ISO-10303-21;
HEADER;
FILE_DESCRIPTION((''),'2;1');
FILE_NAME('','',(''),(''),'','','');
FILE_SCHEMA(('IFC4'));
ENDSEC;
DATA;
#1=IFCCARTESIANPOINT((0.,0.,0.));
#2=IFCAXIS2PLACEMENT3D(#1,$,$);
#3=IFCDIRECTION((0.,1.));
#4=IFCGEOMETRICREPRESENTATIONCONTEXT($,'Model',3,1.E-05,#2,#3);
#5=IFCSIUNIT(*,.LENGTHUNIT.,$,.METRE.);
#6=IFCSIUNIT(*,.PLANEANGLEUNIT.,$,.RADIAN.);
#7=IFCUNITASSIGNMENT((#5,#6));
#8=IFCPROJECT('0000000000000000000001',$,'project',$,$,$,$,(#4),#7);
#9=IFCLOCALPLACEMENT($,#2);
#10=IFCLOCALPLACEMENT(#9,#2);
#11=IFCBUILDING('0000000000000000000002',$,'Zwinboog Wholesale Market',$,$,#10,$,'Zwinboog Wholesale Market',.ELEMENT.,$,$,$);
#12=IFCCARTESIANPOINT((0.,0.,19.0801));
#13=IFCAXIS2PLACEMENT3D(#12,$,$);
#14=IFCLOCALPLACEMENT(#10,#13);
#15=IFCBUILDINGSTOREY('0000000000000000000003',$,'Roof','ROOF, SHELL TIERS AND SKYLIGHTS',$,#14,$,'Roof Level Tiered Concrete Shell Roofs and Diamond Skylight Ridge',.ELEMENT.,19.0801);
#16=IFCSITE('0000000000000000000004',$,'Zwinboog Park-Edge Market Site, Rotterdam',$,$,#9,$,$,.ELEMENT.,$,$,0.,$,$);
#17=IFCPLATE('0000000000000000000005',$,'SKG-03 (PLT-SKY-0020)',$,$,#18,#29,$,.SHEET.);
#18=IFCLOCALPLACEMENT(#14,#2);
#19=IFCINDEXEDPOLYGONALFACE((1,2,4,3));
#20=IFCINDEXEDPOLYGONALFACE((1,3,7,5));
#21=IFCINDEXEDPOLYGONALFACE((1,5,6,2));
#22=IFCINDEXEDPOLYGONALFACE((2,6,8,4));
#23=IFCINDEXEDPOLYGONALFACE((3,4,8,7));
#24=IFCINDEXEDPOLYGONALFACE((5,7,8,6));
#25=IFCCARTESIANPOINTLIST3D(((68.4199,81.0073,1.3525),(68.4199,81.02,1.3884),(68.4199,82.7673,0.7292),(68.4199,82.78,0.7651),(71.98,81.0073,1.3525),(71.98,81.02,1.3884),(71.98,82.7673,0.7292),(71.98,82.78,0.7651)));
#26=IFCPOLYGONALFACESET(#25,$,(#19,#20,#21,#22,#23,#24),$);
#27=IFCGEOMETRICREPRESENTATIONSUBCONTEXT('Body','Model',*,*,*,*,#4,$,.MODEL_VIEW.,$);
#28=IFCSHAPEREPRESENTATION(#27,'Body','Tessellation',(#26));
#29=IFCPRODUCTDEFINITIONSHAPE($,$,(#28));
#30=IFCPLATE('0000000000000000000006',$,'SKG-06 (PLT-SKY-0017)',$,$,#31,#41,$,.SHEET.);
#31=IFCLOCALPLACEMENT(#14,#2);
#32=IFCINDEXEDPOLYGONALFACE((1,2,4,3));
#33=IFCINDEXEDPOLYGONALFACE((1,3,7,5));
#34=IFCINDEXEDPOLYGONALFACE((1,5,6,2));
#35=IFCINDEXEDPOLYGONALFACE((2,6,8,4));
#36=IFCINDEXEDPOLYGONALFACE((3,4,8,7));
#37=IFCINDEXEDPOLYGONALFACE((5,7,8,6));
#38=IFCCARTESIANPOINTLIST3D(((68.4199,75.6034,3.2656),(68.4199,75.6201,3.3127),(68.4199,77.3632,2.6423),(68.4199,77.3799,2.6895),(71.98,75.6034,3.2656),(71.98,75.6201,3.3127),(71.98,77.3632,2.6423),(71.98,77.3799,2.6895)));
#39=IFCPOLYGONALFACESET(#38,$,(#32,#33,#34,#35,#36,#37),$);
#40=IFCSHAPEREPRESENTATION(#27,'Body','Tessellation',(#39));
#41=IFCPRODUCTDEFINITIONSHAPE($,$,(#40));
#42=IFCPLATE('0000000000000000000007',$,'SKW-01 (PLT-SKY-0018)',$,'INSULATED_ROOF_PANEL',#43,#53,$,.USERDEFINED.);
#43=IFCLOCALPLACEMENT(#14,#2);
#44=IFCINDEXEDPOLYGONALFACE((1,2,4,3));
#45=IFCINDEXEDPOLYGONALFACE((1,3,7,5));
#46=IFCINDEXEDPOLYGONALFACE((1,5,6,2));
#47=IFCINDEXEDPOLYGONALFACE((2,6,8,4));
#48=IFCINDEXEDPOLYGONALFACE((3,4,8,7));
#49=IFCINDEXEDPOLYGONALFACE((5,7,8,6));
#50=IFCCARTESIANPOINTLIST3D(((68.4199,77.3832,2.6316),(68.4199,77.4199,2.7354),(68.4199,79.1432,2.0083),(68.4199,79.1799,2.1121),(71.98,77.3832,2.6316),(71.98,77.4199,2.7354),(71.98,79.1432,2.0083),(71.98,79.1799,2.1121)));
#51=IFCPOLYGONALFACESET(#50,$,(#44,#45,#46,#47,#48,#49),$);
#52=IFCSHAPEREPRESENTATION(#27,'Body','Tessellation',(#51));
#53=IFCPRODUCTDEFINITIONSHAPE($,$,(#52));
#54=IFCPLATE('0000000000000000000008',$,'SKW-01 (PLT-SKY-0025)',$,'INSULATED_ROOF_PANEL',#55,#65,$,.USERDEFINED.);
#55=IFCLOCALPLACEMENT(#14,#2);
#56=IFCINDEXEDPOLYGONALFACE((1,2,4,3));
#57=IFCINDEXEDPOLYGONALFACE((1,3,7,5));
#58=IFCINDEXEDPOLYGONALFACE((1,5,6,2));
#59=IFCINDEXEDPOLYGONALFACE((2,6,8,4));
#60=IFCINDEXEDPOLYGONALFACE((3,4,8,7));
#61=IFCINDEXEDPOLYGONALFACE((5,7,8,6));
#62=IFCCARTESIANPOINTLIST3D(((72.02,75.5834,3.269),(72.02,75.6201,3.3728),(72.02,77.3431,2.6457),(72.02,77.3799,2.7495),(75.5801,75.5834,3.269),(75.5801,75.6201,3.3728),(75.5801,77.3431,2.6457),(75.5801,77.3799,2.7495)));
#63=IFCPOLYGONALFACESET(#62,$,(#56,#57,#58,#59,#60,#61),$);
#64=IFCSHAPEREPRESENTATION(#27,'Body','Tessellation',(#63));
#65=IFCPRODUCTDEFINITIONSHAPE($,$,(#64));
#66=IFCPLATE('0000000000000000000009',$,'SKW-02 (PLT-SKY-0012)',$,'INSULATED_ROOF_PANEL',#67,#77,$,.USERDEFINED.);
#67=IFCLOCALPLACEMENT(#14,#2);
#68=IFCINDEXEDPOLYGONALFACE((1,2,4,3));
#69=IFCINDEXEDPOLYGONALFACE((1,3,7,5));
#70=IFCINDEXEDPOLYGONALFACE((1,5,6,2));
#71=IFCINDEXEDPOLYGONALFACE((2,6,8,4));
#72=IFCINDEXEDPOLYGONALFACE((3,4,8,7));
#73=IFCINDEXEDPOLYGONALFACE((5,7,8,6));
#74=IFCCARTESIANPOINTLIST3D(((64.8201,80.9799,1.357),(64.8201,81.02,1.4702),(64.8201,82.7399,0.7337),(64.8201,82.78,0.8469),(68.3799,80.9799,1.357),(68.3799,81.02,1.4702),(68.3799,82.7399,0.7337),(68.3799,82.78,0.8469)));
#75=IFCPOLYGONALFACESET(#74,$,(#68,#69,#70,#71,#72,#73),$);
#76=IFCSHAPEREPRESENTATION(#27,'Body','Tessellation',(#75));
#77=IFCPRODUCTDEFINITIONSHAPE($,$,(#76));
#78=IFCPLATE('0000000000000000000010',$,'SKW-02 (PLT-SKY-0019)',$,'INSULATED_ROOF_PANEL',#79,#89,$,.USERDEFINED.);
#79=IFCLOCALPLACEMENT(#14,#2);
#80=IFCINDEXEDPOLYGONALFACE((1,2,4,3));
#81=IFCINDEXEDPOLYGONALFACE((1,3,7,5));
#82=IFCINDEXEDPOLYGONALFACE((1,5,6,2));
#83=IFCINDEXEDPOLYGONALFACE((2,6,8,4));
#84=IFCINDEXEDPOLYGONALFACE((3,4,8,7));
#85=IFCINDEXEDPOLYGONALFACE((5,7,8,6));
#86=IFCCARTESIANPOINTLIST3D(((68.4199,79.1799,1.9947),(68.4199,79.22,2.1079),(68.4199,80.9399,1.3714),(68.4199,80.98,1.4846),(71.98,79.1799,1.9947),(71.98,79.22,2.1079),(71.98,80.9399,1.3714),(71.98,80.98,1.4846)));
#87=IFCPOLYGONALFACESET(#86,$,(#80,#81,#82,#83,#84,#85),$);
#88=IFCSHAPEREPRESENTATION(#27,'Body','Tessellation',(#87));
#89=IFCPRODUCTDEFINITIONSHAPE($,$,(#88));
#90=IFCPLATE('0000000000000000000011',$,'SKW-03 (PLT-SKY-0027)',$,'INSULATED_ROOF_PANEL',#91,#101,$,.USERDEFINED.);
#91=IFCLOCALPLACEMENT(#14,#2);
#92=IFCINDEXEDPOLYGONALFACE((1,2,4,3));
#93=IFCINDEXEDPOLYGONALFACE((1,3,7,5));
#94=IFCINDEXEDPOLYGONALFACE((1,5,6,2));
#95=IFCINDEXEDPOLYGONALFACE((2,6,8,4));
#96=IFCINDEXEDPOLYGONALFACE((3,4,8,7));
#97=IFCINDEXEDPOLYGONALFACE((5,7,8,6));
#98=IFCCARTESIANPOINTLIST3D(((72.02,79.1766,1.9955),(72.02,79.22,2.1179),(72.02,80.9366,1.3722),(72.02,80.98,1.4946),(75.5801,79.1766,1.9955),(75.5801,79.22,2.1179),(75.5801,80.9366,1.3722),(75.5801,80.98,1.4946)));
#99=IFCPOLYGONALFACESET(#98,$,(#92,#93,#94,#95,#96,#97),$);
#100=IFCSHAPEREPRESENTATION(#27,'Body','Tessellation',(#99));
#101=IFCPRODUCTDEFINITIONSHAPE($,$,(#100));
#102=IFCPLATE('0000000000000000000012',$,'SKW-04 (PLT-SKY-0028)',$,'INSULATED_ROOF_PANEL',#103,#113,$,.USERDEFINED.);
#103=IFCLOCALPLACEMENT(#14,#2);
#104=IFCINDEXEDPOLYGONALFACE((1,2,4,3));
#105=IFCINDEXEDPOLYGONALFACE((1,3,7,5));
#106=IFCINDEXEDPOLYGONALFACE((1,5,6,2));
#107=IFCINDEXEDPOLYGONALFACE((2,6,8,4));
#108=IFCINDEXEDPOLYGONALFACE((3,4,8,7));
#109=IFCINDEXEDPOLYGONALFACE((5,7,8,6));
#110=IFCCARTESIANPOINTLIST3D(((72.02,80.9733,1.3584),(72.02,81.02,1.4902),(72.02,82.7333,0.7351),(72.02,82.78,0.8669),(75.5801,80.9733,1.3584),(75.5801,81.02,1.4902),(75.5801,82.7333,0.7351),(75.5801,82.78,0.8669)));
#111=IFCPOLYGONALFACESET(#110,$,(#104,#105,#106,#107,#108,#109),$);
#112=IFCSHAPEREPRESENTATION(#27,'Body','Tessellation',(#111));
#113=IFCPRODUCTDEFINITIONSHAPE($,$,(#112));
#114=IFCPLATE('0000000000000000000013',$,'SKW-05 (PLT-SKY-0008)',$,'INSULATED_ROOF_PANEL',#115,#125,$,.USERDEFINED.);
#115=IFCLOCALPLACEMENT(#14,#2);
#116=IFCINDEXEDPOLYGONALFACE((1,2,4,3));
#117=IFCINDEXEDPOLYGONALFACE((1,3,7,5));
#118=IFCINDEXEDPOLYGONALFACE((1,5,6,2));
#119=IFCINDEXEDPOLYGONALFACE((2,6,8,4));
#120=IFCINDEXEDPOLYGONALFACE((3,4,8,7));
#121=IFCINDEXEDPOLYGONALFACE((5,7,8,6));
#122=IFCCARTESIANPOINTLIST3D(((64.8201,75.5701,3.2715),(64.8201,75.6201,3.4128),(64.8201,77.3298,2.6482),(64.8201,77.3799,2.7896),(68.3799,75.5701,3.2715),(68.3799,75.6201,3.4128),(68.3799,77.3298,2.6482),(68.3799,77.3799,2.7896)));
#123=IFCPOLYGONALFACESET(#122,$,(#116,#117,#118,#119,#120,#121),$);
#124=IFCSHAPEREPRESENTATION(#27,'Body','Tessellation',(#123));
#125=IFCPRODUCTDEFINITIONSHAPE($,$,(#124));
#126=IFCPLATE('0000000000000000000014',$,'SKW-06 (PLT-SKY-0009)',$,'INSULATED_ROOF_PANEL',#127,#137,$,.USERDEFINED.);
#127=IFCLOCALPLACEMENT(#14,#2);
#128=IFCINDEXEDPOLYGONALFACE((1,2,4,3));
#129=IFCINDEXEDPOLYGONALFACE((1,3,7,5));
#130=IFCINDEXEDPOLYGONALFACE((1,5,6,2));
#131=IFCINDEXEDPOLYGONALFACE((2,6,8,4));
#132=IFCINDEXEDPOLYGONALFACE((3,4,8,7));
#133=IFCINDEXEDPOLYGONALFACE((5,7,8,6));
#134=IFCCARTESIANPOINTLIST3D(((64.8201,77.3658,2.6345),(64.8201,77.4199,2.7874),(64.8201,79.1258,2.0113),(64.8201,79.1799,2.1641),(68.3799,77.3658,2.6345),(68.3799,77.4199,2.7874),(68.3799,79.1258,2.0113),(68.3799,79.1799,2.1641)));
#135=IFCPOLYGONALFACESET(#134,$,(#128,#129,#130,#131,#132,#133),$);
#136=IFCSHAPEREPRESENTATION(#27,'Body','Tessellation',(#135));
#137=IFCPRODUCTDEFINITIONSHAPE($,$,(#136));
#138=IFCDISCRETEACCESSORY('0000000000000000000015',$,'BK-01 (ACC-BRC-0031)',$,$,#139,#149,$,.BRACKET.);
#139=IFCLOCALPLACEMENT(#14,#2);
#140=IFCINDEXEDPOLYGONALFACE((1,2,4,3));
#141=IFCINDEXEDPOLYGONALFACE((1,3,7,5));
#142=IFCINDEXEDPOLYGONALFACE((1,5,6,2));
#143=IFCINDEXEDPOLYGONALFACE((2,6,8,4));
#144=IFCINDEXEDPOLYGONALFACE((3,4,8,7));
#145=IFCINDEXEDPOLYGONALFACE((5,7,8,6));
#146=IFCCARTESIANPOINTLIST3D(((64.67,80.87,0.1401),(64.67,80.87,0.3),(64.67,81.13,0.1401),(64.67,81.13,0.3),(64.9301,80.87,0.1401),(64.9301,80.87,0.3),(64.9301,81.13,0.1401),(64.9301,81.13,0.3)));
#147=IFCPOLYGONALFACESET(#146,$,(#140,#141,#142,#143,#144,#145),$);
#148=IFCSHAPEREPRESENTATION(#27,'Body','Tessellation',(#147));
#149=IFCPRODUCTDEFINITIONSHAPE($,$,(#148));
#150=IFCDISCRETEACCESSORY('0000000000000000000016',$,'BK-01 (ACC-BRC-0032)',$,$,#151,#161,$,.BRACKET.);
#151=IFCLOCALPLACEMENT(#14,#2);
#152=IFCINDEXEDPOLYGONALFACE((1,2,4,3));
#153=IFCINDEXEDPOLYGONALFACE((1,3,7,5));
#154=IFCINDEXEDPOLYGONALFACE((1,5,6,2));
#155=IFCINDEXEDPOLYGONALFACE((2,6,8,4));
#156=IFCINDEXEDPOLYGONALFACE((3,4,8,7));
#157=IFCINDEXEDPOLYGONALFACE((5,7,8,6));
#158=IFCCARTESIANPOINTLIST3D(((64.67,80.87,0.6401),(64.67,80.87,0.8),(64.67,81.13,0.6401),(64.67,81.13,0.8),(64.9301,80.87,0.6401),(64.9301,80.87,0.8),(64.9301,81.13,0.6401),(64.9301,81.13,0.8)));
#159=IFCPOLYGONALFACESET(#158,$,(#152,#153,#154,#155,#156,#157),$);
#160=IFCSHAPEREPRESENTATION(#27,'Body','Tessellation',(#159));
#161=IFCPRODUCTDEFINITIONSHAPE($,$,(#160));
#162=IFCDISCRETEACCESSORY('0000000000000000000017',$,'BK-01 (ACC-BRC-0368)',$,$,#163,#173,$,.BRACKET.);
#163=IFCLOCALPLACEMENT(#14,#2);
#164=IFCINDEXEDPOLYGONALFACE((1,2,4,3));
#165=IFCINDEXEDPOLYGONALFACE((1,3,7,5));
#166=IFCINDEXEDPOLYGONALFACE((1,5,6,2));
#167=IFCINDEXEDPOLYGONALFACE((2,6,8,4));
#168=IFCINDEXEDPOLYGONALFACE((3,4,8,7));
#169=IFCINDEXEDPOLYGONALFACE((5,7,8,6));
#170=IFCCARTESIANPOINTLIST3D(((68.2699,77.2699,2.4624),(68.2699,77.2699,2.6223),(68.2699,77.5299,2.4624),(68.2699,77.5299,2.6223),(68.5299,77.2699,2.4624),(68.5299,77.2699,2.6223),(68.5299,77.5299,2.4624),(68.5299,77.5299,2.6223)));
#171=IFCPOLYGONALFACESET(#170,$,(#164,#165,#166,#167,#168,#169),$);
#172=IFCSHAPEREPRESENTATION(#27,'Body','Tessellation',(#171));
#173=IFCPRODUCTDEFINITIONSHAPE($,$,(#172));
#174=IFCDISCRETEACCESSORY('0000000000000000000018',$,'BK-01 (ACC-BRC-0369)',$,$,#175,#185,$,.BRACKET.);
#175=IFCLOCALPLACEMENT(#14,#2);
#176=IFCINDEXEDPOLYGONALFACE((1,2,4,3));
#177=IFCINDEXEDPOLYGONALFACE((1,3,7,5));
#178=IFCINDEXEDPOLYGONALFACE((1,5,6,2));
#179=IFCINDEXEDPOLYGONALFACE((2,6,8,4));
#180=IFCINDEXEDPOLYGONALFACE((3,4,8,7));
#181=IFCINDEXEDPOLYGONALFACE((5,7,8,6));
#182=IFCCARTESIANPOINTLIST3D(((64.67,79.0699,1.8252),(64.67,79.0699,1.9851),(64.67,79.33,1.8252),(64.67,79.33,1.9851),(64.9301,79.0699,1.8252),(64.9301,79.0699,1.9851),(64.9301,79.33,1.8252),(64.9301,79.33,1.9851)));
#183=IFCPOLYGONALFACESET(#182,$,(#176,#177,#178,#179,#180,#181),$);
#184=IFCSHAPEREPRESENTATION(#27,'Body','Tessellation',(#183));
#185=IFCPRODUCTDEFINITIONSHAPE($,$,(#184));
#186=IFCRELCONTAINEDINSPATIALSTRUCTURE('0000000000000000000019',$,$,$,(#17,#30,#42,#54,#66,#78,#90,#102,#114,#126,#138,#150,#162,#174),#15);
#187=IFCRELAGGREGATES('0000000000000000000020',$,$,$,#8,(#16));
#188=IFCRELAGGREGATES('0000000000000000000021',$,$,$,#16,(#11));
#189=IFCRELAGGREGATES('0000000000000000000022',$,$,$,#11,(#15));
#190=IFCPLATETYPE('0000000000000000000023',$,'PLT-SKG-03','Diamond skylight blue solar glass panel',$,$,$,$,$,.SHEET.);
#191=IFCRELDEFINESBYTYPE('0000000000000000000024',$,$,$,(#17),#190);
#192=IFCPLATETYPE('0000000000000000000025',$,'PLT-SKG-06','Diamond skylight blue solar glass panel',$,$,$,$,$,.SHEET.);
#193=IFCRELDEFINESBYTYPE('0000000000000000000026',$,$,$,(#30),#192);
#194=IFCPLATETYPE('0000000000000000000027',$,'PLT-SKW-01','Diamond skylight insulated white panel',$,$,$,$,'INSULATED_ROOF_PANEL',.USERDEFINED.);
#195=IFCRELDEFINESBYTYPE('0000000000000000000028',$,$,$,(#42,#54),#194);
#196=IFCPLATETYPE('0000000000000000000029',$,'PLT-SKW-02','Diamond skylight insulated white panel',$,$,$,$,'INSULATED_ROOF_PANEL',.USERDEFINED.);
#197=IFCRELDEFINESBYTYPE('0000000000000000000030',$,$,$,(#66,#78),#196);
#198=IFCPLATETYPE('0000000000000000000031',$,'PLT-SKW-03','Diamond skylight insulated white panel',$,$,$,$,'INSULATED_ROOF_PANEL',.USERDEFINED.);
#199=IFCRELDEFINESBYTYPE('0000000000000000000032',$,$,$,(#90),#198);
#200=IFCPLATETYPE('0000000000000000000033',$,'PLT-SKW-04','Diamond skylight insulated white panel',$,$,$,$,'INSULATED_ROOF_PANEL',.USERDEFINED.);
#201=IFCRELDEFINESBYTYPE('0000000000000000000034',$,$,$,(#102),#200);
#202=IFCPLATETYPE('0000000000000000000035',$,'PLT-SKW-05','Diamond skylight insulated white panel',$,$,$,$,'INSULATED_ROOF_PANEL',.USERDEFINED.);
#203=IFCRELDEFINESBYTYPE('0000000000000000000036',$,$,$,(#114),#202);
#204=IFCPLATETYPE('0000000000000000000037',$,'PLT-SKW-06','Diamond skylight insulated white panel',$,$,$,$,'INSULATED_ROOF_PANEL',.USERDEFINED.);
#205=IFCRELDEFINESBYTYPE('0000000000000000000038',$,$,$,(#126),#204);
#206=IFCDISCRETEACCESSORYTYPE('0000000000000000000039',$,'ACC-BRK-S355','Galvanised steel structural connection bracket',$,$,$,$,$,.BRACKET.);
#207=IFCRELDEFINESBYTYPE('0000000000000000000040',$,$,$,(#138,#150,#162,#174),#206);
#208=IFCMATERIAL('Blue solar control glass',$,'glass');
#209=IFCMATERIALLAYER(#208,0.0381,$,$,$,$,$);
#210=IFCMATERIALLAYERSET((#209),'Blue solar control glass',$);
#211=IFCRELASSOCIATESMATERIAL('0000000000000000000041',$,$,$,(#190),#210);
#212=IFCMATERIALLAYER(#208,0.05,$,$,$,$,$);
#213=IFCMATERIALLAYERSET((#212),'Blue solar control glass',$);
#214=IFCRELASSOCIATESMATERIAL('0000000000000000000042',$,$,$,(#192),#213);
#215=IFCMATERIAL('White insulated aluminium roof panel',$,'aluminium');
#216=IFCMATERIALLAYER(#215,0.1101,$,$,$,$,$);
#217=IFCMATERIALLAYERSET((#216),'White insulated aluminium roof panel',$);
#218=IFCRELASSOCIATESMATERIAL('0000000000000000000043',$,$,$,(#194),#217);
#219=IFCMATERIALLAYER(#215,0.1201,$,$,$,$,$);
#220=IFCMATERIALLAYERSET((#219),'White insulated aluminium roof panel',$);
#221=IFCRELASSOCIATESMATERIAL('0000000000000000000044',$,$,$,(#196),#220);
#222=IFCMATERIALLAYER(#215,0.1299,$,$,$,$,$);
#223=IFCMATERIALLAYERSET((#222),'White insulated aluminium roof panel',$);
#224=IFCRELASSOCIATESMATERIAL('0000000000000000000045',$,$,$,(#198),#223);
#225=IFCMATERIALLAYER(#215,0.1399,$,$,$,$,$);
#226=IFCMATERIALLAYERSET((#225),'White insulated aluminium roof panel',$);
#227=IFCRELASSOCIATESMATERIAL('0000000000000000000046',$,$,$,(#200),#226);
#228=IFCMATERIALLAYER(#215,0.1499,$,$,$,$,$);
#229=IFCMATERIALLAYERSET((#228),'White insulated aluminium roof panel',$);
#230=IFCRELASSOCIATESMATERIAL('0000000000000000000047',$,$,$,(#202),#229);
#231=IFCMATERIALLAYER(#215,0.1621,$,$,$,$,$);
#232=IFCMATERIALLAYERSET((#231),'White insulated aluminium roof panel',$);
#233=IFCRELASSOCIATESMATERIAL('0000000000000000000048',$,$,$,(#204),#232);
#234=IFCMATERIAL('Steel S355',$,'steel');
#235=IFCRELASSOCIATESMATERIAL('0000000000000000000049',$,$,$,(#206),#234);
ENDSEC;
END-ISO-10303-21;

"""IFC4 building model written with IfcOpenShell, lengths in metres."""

from ifc_helpers import new_model, si_unit, direction, frame, origin, origin_2d, place, context, subcontext, project, spatial, polyline, rectangle, outline, extrude, material, layer, layer_set, type_object, element, save


model = new_model("IFC4")

# Units and contexts
model_context = context("Model", 3, precision=1e-05, world=origin(), true_north=direction((0.0, 1.0)))
body_context = subcontext(model_context, "Body", "Model", "MODEL_VIEW")
ifc_project = project(units=[si_unit("LENGTHUNIT", "METRE"), si_unit("PLANEANGLEUNIT", "RADIAN")], contexts=[model_context])

# Site, building, storey
site_placement = place(None, origin())
site = spatial("IfcSite", under=ifc_project, at=site_placement, Name="Zwinboog Park-Edge Market Site, Rotterdam", CompositionType="ELEMENT", RefElevation=0.0)
building_placement = place(site_placement, origin())
building = spatial("IfcBuilding", under=site, at=building_placement, Name="Zwinboog Wholesale Market", LongName="Zwinboog Wholesale Market", CompositionType="ELEMENT")
storey_placement = place(building_placement, frame((0.0, 0.0, 19.0801)))
storey = spatial("IfcBuildingStorey", under=building, at=storey_placement, Name="Roof", Description="ROOF, SHELL TIERS AND SKYLIGHTS", LongName="Roof Level Tiered Concrete Shell Roofs and Diamond Skylight Ridge", CompositionType="ELEMENT", Elevation=19.0801)

# Shared definitions
ifc_material_1 = material(Name="Steel S355", Category="steel")

# Plates
ifc_material_2 = material(Name="Blue solar control glass", Category="glass")
ifc_layer_1 = layer(ifc_material_2, 0.0381)
ifc_layer_set_1 = layer_set([ifc_layer_1], Name="Blue solar control glass")
plate_type_1 = type_object("IfcPlateType", Name="PLT-SKG-03", Description="Diamond skylight blue solar glass panel", PredefinedType="SHEET", material=ifc_layer_set_1)
plate_1_placement = place(storey_placement, frame((68.4199, 81.02, 1.3884), z_axis=(0.0, 0.333825, 0.942635), x_axis=(1.0, 0.0, 0.0)))
element("IfcPlate", 1, at=plate_1_placement, inside=storey, type_object=plate_type_1, Name="SKG-03 (PLT-SKY-0020)", PredefinedType="SHEET", context=body_context, shape_type="SweptSolid", body=[
    extrude(outline(polyline([(0.0, 0.0), (3.5601, 0.0), (3.5601, 1.8671), (0.0, 1.8671), (0.0, 0.0)])), origin(), (0.0, 0.0, -1.0), 0.0381),
])
ifc_layer_2 = layer(ifc_material_2, 0.05)
ifc_layer_set_2 = layer_set([ifc_layer_2], Name="Blue solar control glass")
plate_type_2 = type_object("IfcPlateType", Name="PLT-SKG-06", Description="Diamond skylight blue solar glass panel", PredefinedType="SHEET", material=ifc_layer_set_2)
plate_2_placement = place(storey_placement, frame((68.4199, 75.6201, 3.3127), z_axis=(0.0, 0.333867, 0.94262), x_axis=(1.0, 0.0, 0.0)))
element("IfcPlate", 2, at=plate_2_placement, inside=storey, type_object=plate_type_2, Name="SKG-06 (PLT-SKY-0017)", PredefinedType="SHEET", context=body_context, shape_type="SweptSolid", body=[
    extrude(outline(polyline([(0.0, 0.0), (3.5601, 0.0), (3.5601, 1.8669), (0.0, 1.8669), (0.0, 0.0)])), origin(), (0.0, 0.0, -1.0), 0.05),
])
ifc_material_3 = material(Name="White insulated aluminium roof panel", Category="aluminium")
ifc_layer_3 = layer(ifc_material_3, 0.1101)
ifc_layer_set_3 = layer_set([ifc_layer_3], Name="White insulated aluminium roof panel")
plate_type_3 = type_object("IfcPlateType", Name="PLT-SKW-01", Description="Diamond skylight insulated white panel", ElementType="INSULATED_ROOF_PANEL", PredefinedType="USERDEFINED", material=ifc_layer_set_3)
plate_3_placement = place(storey_placement, frame((68.4199, 77.4199, 2.7354), z_axis=(0.0, 0.333825, 0.942635), x_axis=(1.0, 0.0, 0.0)))
element("IfcPlate", 3, at=plate_3_placement, inside=storey, type_object=plate_type_3, Name="SKW-01 (PLT-SKY-0018)", ObjectType="INSULATED_ROOF_PANEL", PredefinedType="USERDEFINED", context=body_context, shape_type="SweptSolid", body=[
    extrude(outline(polyline([(0.0, 0.0), (3.5601, 0.0), (3.5601, 1.8671), (0.0, 1.8671), (0.0, 0.0)])), origin(), (0.0, 0.0, -1.0), 0.1101),
])
plate_4_placement = place(storey_placement, frame((72.02, 75.6201, 3.3728), z_axis=(0.0, 0.333867, 0.94262), x_axis=(1.0, 0.0, 0.0)))
element("IfcPlate", 4, at=plate_4_placement, inside=storey, type_object=plate_type_3, Name="SKW-01 (PLT-SKY-0025)", ObjectType="INSULATED_ROOF_PANEL", PredefinedType="USERDEFINED", context=body_context, shape_type="SweptSolid", body=[
    extrude(outline(polyline([(0.0, 0.0), (3.5601, 0.0), (3.5601, 1.8669), (0.0, 1.8669), (0.0, 0.0)])), origin(), (0.0, 0.0, -1.0), 0.1101),
])
ifc_layer_4 = layer(ifc_material_3, 0.1201)
ifc_layer_set_4 = layer_set([ifc_layer_4], Name="White insulated aluminium roof panel")
plate_type_4 = type_object("IfcPlateType", Name="PLT-SKW-02", Description="Diamond skylight insulated white panel", ElementType="INSULATED_ROOF_PANEL", PredefinedType="USERDEFINED", material=ifc_layer_set_4)
plate_5_placement = place(storey_placement, frame((64.8201, 81.02, 1.4702), z_axis=(0.0, 0.333825, 0.942635), x_axis=(1.0, 0.0, 0.0)))
element("IfcPlate", 5, at=plate_5_placement, inside=storey, type_object=plate_type_4, Name="SKW-02 (PLT-SKY-0012)", ObjectType="INSULATED_ROOF_PANEL", PredefinedType="USERDEFINED", context=body_context, shape_type="SweptSolid", body=[
    extrude(outline(polyline([(0.0, 0.0), (3.5598, 0.0), (3.5598, 1.8671), (0.0, 1.8671), (0.0, 0.0)])), origin(), (0.0, 0.0, -1.0), 0.1201),
])
plate_6_placement = place(storey_placement, frame((68.4199, 79.22, 2.1079), z_axis=(0.0, 0.333825, 0.942635), x_axis=(1.0, 0.0, 0.0)))
element("IfcPlate", 6, at=plate_6_placement, inside=storey, type_object=plate_type_4, Name="SKW-02 (PLT-SKY-0019)", ObjectType="INSULATED_ROOF_PANEL", PredefinedType="USERDEFINED", context=body_context, shape_type="SweptSolid", body=[
    extrude(outline(polyline([(0.0, 0.0), (3.5601, 0.0), (3.5601, 1.8671), (0.0, 1.8671), (0.0, 0.0)])), origin(), (0.0, 0.0, -1.0), 0.1201),
])
ifc_layer_5 = layer(ifc_material_3, 0.1299)
ifc_layer_set_5 = layer_set([ifc_layer_5], Name="White insulated aluminium roof panel")
plate_type_5 = type_object("IfcPlateType", Name="PLT-SKW-03", Description="Diamond skylight insulated white panel", ElementType="INSULATED_ROOF_PANEL", PredefinedType="USERDEFINED", material=ifc_layer_set_5)
plate_7_placement = place(storey_placement, frame((72.02, 79.22, 2.1179), z_axis=(0.0, 0.333825, 0.942635), x_axis=(1.0, 0.0, 0.0)))
element("IfcPlate", 7, at=plate_7_placement, inside=storey, type_object=plate_type_5, Name="SKW-03 (PLT-SKY-0027)", ObjectType="INSULATED_ROOF_PANEL", PredefinedType="USERDEFINED", context=body_context, shape_type="SweptSolid", body=[
    extrude(outline(polyline([(0.0, 0.0), (3.5601, 0.0), (3.5601, 1.8671), (0.0, 1.8671), (0.0, 0.0)])), origin(), (0.0, 0.0, -1.0), 0.1299),
])
ifc_layer_6 = layer(ifc_material_3, 0.1399)
ifc_layer_set_6 = layer_set([ifc_layer_6], Name="White insulated aluminium roof panel")
plate_type_6 = type_object("IfcPlateType", Name="PLT-SKW-04", Description="Diamond skylight insulated white panel", ElementType="INSULATED_ROOF_PANEL", PredefinedType="USERDEFINED", material=ifc_layer_set_6)
plate_8_placement = place(storey_placement, frame((72.02, 81.02, 1.4902), z_axis=(0.0, 0.333825, 0.942635), x_axis=(1.0, 0.0, 0.0)))
element("IfcPlate", 8, at=plate_8_placement, inside=storey, type_object=plate_type_6, Name="SKW-04 (PLT-SKY-0028)", ObjectType="INSULATED_ROOF_PANEL", PredefinedType="USERDEFINED", context=body_context, shape_type="SweptSolid", body=[
    extrude(outline(polyline([(0.0, 0.0), (3.5601, 0.0), (3.5601, 1.8671), (0.0, 1.8671), (0.0, 0.0)])), origin(), (0.0, 0.0, -1.0), 0.1399),
])
ifc_layer_7 = layer(ifc_material_3, 0.1499)
ifc_layer_set_7 = layer_set([ifc_layer_7], Name="White insulated aluminium roof panel")
plate_type_7 = type_object("IfcPlateType", Name="PLT-SKW-05", Description="Diamond skylight insulated white panel", ElementType="INSULATED_ROOF_PANEL", PredefinedType="USERDEFINED", material=ifc_layer_set_7)
plate_9_placement = place(storey_placement, frame((64.8201, 75.6201, 3.4128), z_axis=(0.0, 0.333867, 0.94262), x_axis=(1.0, 0.0, 0.0)))
element("IfcPlate", 9, at=plate_9_placement, inside=storey, type_object=plate_type_7, Name="SKW-05 (PLT-SKY-0008)", ObjectType="INSULATED_ROOF_PANEL", PredefinedType="USERDEFINED", context=body_context, shape_type="SweptSolid", body=[
    extrude(outline(polyline([(0.0, 0.0), (3.5598, 0.0), (3.5598, 1.8669), (0.0, 1.8669), (0.0, 0.0)])), origin(), (0.0, 0.0, -1.0), 0.1499),
])
ifc_layer_8 = layer(ifc_material_3, 0.1621)
ifc_layer_set_8 = layer_set([ifc_layer_8], Name="White insulated aluminium roof panel")
plate_type_8 = type_object("IfcPlateType", Name="PLT-SKW-06", Description="Diamond skylight insulated white panel", ElementType="INSULATED_ROOF_PANEL", PredefinedType="USERDEFINED", material=ifc_layer_set_8)
plate_10_placement = place(storey_placement, frame((64.8201, 77.4199, 2.7874), z_axis=(0.0, 0.333825, 0.942635), x_axis=(1.0, 0.0, 0.0)))
element("IfcPlate", 10, at=plate_10_placement, inside=storey, type_object=plate_type_8, Name="SKW-06 (PLT-SKY-0009)", ObjectType="INSULATED_ROOF_PANEL", PredefinedType="USERDEFINED", context=body_context, shape_type="SweptSolid", body=[
    extrude(outline(polyline([(0.0, 0.0), (3.5598, 0.0), (3.5598, 1.8671), (0.0, 1.8671), (0.0, 0.0)])), origin(), (0.0, 0.0, -1.0), 0.1621),
])

# Discrete accessories
discrete_accessory_type = type_object("IfcDiscreteAccessoryType", Name="ACC-BRK-S355", Description="Galvanised steel structural connection bracket", PredefinedType="BRACKET", material=ifc_material_1)
for number, where, z_axis, x_axis, name in (
    (11, (64.8, 81.0, 0.1401), (0.0, 0.0, 1.0), (1.0, 0.0, 0.0), "BK-01 (ACC-BRC-0031)"),
    (12, (64.8, 81.0, 0.6401), (0.0, 0.0, 1.0), (1.0, 0.0, 0.0), "BK-01 (ACC-BRC-0032)"),
    (13, (68.3999, 77.3999, 2.4624), (0.0, 0.0, 1.0), (1.0, 0.0, 0.0), "BK-01 (ACC-BRC-0368)"),
    (14, (64.8, 79.2, 1.8252), (0.0, 0.0, 1.0), (1.0, 0.0, 0.0), "BK-01 (ACC-BRC-0369)"),
):
    element("IfcDiscreteAccessory", number, at=place(storey_placement, frame(where, z_axis=z_axis, x_axis=x_axis)), inside=storey, type_object=discrete_accessory_type, Name=name, PredefinedType="BRACKET", context=body_context, shape_type="SweptSolid", body=[
        extrude(rectangle(XDim=0.26, YDim=0.26, at=origin_2d()), origin(), (0.0, 0.0, 1.0), 0.1599),
    ])

save(model, "model.ifc")
